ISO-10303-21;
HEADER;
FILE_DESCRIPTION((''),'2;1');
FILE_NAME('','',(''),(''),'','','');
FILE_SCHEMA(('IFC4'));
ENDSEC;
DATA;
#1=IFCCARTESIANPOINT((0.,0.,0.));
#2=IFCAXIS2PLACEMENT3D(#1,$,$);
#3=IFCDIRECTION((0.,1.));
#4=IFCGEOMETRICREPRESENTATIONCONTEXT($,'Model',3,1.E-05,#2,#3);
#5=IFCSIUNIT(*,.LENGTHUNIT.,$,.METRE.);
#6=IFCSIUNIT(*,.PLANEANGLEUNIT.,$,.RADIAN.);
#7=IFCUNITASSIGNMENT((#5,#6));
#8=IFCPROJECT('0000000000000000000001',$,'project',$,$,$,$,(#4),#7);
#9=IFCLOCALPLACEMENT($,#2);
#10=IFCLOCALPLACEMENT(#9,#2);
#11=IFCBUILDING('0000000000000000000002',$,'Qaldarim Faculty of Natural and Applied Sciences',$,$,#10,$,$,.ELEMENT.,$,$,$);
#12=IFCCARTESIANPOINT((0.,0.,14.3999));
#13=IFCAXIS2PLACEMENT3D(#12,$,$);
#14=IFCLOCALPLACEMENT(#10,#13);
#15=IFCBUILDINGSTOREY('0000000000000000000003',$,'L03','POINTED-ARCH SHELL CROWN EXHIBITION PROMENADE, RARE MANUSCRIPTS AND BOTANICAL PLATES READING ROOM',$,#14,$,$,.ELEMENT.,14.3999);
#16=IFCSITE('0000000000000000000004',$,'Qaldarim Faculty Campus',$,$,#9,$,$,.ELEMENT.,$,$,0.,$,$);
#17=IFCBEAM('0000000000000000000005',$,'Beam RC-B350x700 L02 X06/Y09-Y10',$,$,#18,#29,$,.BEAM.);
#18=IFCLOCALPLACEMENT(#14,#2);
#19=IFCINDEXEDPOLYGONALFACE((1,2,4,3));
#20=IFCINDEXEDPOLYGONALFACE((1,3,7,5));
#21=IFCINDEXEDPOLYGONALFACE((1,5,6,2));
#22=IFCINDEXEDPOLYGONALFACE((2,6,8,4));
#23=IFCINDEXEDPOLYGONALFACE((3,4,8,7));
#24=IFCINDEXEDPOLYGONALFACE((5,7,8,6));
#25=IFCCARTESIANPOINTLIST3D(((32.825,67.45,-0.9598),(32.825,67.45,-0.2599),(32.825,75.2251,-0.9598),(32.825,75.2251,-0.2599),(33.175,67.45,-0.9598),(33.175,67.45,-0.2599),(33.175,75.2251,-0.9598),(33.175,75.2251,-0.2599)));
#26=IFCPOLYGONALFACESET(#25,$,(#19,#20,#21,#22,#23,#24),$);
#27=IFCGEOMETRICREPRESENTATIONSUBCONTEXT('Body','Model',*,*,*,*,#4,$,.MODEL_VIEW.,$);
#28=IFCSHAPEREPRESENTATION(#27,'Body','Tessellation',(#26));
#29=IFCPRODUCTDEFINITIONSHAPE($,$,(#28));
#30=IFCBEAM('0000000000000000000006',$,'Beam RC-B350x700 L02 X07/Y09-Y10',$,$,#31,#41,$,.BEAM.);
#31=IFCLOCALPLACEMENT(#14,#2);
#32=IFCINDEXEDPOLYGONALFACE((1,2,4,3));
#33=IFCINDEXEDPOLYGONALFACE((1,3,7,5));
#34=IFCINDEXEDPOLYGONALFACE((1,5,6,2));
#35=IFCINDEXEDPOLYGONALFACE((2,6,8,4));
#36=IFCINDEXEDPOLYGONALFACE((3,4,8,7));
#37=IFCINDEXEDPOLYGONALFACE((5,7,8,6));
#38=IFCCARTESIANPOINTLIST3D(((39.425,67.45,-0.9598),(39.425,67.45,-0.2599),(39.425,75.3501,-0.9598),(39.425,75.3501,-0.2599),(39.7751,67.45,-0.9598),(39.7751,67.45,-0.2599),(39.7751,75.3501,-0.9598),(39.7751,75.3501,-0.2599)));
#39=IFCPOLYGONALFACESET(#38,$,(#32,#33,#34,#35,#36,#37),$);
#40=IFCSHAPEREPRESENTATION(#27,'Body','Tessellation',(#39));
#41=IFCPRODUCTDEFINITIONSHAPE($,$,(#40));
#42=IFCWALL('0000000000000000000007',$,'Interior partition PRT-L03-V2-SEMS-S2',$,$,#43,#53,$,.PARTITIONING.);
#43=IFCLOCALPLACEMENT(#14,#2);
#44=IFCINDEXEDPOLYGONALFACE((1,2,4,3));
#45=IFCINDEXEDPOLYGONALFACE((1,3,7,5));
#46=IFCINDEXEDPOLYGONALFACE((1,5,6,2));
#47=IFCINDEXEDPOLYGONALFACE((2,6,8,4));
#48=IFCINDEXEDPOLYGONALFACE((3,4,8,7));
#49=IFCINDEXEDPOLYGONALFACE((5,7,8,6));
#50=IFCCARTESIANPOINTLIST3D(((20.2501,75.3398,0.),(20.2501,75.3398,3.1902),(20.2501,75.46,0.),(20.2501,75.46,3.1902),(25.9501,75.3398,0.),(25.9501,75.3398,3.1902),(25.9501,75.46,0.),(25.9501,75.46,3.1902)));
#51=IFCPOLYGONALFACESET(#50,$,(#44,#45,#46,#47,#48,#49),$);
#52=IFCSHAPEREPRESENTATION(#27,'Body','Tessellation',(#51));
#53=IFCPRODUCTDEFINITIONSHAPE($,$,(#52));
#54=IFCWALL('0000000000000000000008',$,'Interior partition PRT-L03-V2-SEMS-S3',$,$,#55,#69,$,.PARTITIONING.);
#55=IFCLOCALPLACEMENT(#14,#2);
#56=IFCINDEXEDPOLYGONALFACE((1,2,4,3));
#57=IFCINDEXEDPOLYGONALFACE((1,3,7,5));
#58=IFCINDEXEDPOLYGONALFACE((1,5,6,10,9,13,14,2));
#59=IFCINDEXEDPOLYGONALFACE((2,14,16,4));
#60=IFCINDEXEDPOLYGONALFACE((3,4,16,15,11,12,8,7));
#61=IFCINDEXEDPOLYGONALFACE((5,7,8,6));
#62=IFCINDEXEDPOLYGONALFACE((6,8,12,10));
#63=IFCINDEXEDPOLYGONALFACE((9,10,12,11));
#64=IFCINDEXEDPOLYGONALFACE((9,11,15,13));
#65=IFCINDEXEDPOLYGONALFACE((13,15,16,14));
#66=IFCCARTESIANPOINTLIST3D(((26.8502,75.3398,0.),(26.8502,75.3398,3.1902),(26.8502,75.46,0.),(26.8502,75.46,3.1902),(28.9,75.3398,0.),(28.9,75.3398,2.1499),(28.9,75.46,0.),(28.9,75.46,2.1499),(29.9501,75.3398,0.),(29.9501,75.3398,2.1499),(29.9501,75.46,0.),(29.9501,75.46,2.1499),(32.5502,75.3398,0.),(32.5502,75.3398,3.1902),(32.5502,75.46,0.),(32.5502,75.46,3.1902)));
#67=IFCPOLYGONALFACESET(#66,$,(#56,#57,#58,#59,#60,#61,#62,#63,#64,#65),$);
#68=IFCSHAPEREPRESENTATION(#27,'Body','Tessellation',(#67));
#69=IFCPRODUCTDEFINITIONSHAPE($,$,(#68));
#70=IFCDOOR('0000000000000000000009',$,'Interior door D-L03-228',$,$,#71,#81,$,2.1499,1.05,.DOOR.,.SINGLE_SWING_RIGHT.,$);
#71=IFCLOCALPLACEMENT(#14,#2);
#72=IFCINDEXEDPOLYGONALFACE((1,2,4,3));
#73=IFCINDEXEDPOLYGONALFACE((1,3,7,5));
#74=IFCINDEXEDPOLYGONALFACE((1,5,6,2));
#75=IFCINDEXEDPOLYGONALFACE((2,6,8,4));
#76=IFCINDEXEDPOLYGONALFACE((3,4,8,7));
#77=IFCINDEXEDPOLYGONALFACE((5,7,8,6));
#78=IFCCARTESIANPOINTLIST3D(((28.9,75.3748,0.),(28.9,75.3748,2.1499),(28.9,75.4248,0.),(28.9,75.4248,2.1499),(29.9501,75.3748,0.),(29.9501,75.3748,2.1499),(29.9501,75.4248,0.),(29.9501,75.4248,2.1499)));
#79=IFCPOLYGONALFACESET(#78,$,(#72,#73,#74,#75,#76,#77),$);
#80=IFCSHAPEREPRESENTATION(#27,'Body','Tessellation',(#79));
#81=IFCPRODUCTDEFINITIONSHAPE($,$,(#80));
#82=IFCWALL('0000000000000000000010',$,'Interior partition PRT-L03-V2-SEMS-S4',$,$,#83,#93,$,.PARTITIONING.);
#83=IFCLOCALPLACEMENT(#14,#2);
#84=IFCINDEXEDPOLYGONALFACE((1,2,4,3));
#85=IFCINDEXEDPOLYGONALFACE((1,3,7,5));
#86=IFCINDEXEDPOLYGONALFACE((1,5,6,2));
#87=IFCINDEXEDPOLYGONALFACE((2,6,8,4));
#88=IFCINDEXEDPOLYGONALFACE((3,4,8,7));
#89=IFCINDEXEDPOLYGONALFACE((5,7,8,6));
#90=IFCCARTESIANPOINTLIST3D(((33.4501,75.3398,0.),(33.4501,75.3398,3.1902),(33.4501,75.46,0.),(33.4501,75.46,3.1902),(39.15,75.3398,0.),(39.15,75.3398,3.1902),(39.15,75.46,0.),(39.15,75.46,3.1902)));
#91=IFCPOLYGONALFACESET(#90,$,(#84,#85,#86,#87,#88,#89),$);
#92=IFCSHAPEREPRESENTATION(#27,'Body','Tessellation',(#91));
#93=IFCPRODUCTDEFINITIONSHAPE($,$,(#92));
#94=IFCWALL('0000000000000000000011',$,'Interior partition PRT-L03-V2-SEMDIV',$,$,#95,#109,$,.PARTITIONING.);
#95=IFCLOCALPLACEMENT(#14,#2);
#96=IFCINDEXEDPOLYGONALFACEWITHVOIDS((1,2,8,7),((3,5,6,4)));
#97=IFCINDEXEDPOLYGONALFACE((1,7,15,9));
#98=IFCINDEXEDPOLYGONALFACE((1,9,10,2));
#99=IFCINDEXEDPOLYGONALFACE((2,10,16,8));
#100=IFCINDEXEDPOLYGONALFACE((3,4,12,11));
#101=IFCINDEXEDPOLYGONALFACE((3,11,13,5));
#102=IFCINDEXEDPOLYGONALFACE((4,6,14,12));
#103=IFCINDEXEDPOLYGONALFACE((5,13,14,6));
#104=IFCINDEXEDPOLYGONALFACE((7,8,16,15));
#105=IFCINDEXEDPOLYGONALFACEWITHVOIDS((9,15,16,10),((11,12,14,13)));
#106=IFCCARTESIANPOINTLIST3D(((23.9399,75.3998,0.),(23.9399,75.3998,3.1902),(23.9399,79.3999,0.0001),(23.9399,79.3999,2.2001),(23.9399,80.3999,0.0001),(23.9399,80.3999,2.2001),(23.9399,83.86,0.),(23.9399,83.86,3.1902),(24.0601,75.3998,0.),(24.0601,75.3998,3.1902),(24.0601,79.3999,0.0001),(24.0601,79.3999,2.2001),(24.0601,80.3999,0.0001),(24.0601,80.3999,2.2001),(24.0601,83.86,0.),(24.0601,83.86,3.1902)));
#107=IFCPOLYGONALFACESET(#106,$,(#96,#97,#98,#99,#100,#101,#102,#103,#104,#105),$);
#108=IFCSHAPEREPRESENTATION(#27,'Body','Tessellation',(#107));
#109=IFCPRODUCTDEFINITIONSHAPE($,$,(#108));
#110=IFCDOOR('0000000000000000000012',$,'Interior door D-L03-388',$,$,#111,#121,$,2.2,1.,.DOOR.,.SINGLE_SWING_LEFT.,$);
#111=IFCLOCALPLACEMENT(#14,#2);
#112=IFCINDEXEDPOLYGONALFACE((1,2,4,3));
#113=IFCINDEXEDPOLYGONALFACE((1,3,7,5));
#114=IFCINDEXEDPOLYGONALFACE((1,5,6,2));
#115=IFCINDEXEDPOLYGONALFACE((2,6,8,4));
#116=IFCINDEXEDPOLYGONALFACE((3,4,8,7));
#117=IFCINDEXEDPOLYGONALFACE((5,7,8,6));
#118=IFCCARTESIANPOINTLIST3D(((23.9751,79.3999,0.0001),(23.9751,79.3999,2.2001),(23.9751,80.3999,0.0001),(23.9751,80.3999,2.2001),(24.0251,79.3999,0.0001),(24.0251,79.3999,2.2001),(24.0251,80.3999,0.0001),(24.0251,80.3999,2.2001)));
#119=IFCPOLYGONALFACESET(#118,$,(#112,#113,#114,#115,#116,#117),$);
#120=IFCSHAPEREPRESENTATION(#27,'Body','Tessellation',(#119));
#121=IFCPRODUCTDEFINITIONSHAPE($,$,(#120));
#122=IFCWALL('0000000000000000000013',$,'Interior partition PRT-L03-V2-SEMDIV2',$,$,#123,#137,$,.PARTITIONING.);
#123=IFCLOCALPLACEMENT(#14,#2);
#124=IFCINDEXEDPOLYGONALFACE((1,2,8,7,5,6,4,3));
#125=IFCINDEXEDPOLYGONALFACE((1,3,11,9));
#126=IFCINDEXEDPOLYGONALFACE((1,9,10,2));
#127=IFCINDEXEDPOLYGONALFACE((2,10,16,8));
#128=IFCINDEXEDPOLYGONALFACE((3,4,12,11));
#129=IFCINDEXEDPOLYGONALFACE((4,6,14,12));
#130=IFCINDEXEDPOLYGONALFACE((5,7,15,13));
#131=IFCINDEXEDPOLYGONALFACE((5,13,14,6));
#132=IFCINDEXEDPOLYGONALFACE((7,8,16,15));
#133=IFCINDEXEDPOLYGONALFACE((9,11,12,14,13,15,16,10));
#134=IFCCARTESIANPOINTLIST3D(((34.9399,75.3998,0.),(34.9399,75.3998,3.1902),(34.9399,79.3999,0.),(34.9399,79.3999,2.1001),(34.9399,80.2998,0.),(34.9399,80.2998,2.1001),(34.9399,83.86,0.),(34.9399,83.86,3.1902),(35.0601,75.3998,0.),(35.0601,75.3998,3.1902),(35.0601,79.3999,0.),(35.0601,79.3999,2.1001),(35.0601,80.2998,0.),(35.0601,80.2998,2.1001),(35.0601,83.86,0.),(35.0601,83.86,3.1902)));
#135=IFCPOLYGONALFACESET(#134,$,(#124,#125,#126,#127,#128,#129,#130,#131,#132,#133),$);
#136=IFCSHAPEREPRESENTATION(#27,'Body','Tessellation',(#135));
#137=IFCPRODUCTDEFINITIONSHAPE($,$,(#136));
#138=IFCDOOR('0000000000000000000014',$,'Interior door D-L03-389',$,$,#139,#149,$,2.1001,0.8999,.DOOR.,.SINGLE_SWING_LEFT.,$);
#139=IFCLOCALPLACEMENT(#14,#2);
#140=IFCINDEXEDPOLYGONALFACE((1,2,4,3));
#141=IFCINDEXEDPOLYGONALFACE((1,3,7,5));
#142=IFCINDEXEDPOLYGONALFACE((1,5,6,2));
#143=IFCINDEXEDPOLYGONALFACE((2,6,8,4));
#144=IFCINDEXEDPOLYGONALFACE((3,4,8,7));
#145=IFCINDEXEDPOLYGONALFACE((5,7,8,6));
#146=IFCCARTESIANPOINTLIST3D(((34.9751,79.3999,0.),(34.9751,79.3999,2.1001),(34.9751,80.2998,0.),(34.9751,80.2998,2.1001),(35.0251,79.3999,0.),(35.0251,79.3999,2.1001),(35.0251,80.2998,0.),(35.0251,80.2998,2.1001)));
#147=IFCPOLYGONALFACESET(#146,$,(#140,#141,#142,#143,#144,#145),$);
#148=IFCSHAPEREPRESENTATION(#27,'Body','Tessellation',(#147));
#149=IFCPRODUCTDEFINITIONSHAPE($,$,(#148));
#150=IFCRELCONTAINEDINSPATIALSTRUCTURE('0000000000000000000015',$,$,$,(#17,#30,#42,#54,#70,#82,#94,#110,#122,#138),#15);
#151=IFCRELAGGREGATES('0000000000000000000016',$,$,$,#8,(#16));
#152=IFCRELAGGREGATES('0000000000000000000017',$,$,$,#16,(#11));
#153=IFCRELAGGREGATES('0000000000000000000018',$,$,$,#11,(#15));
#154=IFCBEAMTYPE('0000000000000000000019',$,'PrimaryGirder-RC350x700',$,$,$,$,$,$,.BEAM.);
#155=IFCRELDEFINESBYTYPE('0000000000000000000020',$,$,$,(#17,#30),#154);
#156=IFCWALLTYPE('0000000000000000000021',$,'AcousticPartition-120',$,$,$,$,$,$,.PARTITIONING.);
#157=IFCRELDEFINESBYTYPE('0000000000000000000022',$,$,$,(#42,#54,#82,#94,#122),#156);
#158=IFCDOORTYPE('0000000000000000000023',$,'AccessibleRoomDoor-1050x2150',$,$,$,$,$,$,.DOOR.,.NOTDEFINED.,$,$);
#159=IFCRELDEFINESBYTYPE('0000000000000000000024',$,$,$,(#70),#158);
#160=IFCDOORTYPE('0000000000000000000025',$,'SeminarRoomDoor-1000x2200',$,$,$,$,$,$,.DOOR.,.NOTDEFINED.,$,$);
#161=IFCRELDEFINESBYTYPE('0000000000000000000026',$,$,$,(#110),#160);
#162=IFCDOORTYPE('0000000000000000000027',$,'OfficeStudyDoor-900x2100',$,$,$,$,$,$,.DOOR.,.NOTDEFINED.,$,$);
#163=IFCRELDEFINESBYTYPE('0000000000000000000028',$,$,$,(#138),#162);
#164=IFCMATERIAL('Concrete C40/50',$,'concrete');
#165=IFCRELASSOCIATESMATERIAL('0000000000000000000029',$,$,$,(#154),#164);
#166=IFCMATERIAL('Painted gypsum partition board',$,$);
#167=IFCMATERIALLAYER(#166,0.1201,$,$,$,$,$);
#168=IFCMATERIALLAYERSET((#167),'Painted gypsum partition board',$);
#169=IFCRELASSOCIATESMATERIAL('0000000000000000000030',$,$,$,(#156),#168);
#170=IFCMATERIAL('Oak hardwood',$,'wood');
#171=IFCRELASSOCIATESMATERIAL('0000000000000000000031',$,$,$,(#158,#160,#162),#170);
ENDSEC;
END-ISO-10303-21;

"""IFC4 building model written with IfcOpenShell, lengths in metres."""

from ifc_helpers import new_model, si_unit, direction, frame, frame_2d, origin, origin_2d, place, context, subcontext, project, spatial, rectangle, extrude, material, layer, layer_set, material_profile, profile_set, type_object, element, fill, save


model = new_model("IFC4")

# Units and contexts
model_context = context("Model", 3, precision=1e-05, world=origin(), true_north=direction((0.0, 1.0)))
body_context = subcontext(model_context, "Body", "Model", "MODEL_VIEW")
ifc_project = project(units=[si_unit("LENGTHUNIT", "METRE"), si_unit("PLANEANGLEUNIT", "RADIAN")], contexts=[model_context])

# Site, building, storey
site_placement = place(None, origin())
site = spatial("IfcSite", under=ifc_project, at=site_placement, Name="Qaldarim Faculty Campus", CompositionType="ELEMENT", RefElevation=0.0)
building_placement = place(site_placement, origin())
building = spatial("IfcBuilding", under=site, at=building_placement, Name="Qaldarim Faculty of Natural and Applied Sciences", CompositionType="ELEMENT")
storey_placement = place(building_placement, frame((0.0, 0.0, 14.3999)))
storey = spatial("IfcBuildingStorey", under=building, at=storey_placement, Name="L03", Description="POINTED-ARCH SHELL CROWN EXHIBITION PROMENADE, RARE MANUSCRIPTS AND BOTANICAL PLATES READING ROOM", CompositionType="ELEMENT", Elevation=14.3999)

# Shared definitions
ifc_material_1 = material(Name="Concrete C40/50", Category="concrete")

# Beams
ifc_material_profile_1 = material_profile(ifc_material_1, rectangle(XDim=0.3501, YDim=0.7, at=origin_2d()), Name="RC-B350x700")
ifc_profile_set_1 = profile_set([ifc_material_profile_1], Name="Concrete C40/50")
beam_type_1 = type_object("IfcBeamType", Name="PrimaryGirder-RC350x700", PredefinedType="BEAM", material=ifc_profile_set_1)
beam_1_placement = place(storey_placement, frame((33.0, 67.45, -0.6099), z_axis=(0.0, 1.0, 0.0), x_axis=(-1.0, 0.0, 0.0)))
element("IfcBeam", 1, at=beam_1_placement, inside=storey, type_object=beam_type_1, Name="Beam RC-B350x700 L02 X06/Y09-Y10", PredefinedType="BEAM", context=body_context, shape_type="SweptSolid", body=[
    extrude(rectangle(XDim=0.3501, YDim=0.7, at=origin_2d()), origin(), (0.0, 0.0, 1.0), 7.7751),
])
beam_2_placement = place(storey_placement, frame((39.6001, 67.45, -0.6099), z_axis=(0.0, 1.0, 0.0), x_axis=(-1.0, 0.0, 0.0)))
element("IfcBeam", 2, at=beam_2_placement, inside=storey, type_object=beam_type_1, Name="Beam RC-B350x700 L02 X07/Y09-Y10", PredefinedType="BEAM", context=body_context, shape_type="SweptSolid", body=[
    extrude(rectangle(XDim=0.3501, YDim=0.7, at=origin_2d()), origin(), (0.0, 0.0, 1.0), 7.9001),
])

# Wall
ifc_material_2 = material(Name="Painted gypsum partition board")
ifc_layer = layer(ifc_material_2, 0.1201)
ifc_layer_set = layer_set([ifc_layer], Name="Painted gypsum partition board")
wall_type = type_object("IfcWallType", Name="AcousticPartition-120", PredefinedType="PARTITIONING", material=ifc_layer_set)
wall_1_placement = place(storey_placement, frame((20.25, 75.3999, 0.0), z_axis=(0.0, 0.0, 1.0), x_axis=(1.0, 0.0, 0.0)))
element("IfcWall", 3, at=wall_1_placement, inside=storey, type_object=wall_type, Name="Interior partition PRT-L03-V2-SEMS-S2", PredefinedType="PARTITIONING", context=body_context, shape_type="SweptSolid", body=[
    extrude(rectangle(XDim=5.7, YDim=0.1201, at=frame_2d((2.8501, 0.0))), origin(), (0.0, 0.0, 1.0), 3.1902),
])

# Wall, opening, door
wall_2_placement = place(storey_placement, frame((26.8501, 75.3999, 0.0), z_axis=(0.0, 0.0, 1.0), x_axis=(1.0, 0.0, 0.0)))
wall_2 = element("IfcWall", 4, at=wall_2_placement, inside=storey, type_object=wall_type, Name="Interior partition PRT-L03-V2-SEMS-S3", PredefinedType="PARTITIONING", context=body_context, shape_type="SweptSolid", body=[
    extrude(rectangle(XDim=5.7, YDim=0.1201, at=frame_2d((2.8501, 0.0))), origin(), (0.0, 0.0, 1.0), 3.1902),
])
opening_1_placement = place(wall_2_placement, frame((2.05, 0.0, 0.0)))
opening_1 = element("IfcOpeningElement", 5, at=opening_1_placement, cuts=wall_2, PredefinedType="OPENING", context=body_context, shape_type="SweptSolid", body=[
    extrude(rectangle(XDim=1.05, YDim=2.1499, at=frame_2d((0.5249, 1.075))), frame((0.0, 0.0701, 0.0), z_axis=(0.0, -1.0, 0.0), x_axis=(1.0, 0.0, 0.0)), (0.0, 0.0, 1.0), 0.1401),
])
ifc_material_3 = material(Name="Oak hardwood", Category="wood")
door_type_1 = type_object("IfcDoorType", Name="AccessibleRoomDoor-1050x2150", OperationType="NOTDEFINED", PredefinedType="DOOR", material=ifc_material_3)
door_1_placement = place(opening_1_placement, origin())
door_1 = element("IfcDoor", 6, at=door_1_placement, inside=storey, type_object=door_type_1, Name="Interior door D-L03-228", OperationType="SINGLE_SWING_RIGHT", OverallHeight=2.1499, OverallWidth=1.05, PredefinedType="DOOR", context=body_context, shape_type="SweptSolid", body=[
    extrude(rectangle(XDim=1.05, YDim=2.1499, at=frame_2d((0.5249, 1.075))), frame((0.0, 0.0249, 0.0), z_axis=(0.0, -1.0, 0.0), x_axis=(1.0, 0.0, 0.0)), (0.0, 0.0, 1.0), 0.05),
])
fill(opening_1, door_1)

# Wall
wall_3_placement = place(storey_placement, frame((33.45, 75.3999, 0.0), z_axis=(0.0, 0.0, 1.0), x_axis=(1.0, 0.0, 0.0)))
element("IfcWall", 7, at=wall_3_placement, inside=storey, type_object=wall_type, Name="Interior partition PRT-L03-V2-SEMS-S4", PredefinedType="PARTITIONING", context=body_context, shape_type="SweptSolid", body=[
    extrude(rectangle(XDim=5.7, YDim=0.1201, at=frame_2d((2.8501, 0.0))), origin(), (0.0, 0.0, 1.0), 3.1902),
])

# Walls, openings, doors
wall_4_placement = place(storey_placement, frame((24.0, 75.3999, 0.0), z_axis=(0.0, 0.0, 1.0), x_axis=(0.0, 1.0, 0.0)))
wall_4 = element("IfcWall", 8, at=wall_4_placement, inside=storey, type_object=wall_type, Name="Interior partition PRT-L03-V2-SEMDIV", PredefinedType="PARTITIONING", context=body_context, shape_type="SweptSolid", body=[
    extrude(rectangle(XDim=8.4602, YDim=0.1201, at=frame_2d((4.23, 0.0))), origin(), (0.0, 0.0, 1.0), 3.1902),
])
opening_2_placement = place(wall_4_placement, frame((4.0, 0.0, 0.0)))
opening_2 = element("IfcOpeningElement", 9, at=opening_2_placement, cuts=wall_4, PredefinedType="OPENING", context=body_context, shape_type="SweptSolid", body=[
    extrude(rectangle(XDim=1.0, YDim=2.2, at=frame_2d((0.5, 1.1001))), frame((0.0, 0.0701, 0.0), z_axis=(0.0, -1.0, 0.0), x_axis=(1.0, 0.0, 0.0)), (0.0, 0.0, 1.0), 0.1401),
])
door_type_2 = type_object("IfcDoorType", Name="SeminarRoomDoor-1000x2200", OperationType="NOTDEFINED", PredefinedType="DOOR", material=ifc_material_3)
door_2_placement = place(opening_2_placement, origin())
door_2 = element("IfcDoor", 10, at=door_2_placement, inside=storey, type_object=door_type_2, Name="Interior door D-L03-388", OperationType="SINGLE_SWING_LEFT", OverallHeight=2.2, OverallWidth=1.0, PredefinedType="DOOR", context=body_context, shape_type="SweptSolid", body=[
    extrude(rectangle(XDim=1.0, YDim=2.2, at=frame_2d((0.5, 1.1001))), frame((0.0, 0.0249, 0.0), z_axis=(0.0, -1.0, 0.0), x_axis=(1.0, 0.0, 0.0)), (0.0, 0.0, 1.0), 0.05),
])
fill(opening_2, door_2)
wall_5_placement = place(storey_placement, frame((35.0, 75.3999, 0.0), z_axis=(0.0, 0.0, 1.0), x_axis=(0.0, 1.0, 0.0)))
wall_5 = element("IfcWall", 11, at=wall_5_placement, inside=storey, type_object=wall_type, Name="Interior partition PRT-L03-V2-SEMDIV2", PredefinedType="PARTITIONING", context=body_context, shape_type="SweptSolid", body=[
    extrude(rectangle(XDim=8.4602, YDim=0.1201, at=frame_2d((4.23, 0.0))), origin(), (0.0, 0.0, 1.0), 3.1902),
])
opening_3_placement = place(wall_5_placement, frame((4.0, 0.0, 0.0)))
opening_3 = element("IfcOpeningElement", 12, at=opening_3_placement, cuts=wall_5, PredefinedType="OPENING", context=body_context, shape_type="SweptSolid", body=[
    extrude(rectangle(XDim=0.8999, YDim=2.1001, at=frame_2d((0.45, 1.05))), frame((0.0, 0.0701, 0.0), z_axis=(0.0, -1.0, 0.0), x_axis=(1.0, 0.0, 0.0)), (0.0, 0.0, 1.0), 0.1401),
])
door_type_3 = type_object("IfcDoorType", Name="OfficeStudyDoor-900x2100", OperationType="NOTDEFINED", PredefinedType="DOOR", material=ifc_material_3)
door_3_placement = place(opening_3_placement, origin())
door_3 = element("IfcDoor", 13, at=door_3_placement, inside=storey, type_object=door_type_3, Name="Interior door D-L03-389", OperationType="SINGLE_SWING_LEFT", OverallHeight=2.1001, OverallWidth=0.8999, PredefinedType="DOOR", context=body_context, shape_type="SweptSolid", body=[
    extrude(rectangle(XDim=0.8999, YDim=2.1001, at=frame_2d((0.45, 1.05))), frame((0.0, 0.0249, 0.0), z_axis=(0.0, -1.0, 0.0), x_axis=(1.0, 0.0, 0.0)), (0.0, 0.0, 1.0), 0.05),
])
fill(opening_3, door_3)

save(model, "model.ifc")
